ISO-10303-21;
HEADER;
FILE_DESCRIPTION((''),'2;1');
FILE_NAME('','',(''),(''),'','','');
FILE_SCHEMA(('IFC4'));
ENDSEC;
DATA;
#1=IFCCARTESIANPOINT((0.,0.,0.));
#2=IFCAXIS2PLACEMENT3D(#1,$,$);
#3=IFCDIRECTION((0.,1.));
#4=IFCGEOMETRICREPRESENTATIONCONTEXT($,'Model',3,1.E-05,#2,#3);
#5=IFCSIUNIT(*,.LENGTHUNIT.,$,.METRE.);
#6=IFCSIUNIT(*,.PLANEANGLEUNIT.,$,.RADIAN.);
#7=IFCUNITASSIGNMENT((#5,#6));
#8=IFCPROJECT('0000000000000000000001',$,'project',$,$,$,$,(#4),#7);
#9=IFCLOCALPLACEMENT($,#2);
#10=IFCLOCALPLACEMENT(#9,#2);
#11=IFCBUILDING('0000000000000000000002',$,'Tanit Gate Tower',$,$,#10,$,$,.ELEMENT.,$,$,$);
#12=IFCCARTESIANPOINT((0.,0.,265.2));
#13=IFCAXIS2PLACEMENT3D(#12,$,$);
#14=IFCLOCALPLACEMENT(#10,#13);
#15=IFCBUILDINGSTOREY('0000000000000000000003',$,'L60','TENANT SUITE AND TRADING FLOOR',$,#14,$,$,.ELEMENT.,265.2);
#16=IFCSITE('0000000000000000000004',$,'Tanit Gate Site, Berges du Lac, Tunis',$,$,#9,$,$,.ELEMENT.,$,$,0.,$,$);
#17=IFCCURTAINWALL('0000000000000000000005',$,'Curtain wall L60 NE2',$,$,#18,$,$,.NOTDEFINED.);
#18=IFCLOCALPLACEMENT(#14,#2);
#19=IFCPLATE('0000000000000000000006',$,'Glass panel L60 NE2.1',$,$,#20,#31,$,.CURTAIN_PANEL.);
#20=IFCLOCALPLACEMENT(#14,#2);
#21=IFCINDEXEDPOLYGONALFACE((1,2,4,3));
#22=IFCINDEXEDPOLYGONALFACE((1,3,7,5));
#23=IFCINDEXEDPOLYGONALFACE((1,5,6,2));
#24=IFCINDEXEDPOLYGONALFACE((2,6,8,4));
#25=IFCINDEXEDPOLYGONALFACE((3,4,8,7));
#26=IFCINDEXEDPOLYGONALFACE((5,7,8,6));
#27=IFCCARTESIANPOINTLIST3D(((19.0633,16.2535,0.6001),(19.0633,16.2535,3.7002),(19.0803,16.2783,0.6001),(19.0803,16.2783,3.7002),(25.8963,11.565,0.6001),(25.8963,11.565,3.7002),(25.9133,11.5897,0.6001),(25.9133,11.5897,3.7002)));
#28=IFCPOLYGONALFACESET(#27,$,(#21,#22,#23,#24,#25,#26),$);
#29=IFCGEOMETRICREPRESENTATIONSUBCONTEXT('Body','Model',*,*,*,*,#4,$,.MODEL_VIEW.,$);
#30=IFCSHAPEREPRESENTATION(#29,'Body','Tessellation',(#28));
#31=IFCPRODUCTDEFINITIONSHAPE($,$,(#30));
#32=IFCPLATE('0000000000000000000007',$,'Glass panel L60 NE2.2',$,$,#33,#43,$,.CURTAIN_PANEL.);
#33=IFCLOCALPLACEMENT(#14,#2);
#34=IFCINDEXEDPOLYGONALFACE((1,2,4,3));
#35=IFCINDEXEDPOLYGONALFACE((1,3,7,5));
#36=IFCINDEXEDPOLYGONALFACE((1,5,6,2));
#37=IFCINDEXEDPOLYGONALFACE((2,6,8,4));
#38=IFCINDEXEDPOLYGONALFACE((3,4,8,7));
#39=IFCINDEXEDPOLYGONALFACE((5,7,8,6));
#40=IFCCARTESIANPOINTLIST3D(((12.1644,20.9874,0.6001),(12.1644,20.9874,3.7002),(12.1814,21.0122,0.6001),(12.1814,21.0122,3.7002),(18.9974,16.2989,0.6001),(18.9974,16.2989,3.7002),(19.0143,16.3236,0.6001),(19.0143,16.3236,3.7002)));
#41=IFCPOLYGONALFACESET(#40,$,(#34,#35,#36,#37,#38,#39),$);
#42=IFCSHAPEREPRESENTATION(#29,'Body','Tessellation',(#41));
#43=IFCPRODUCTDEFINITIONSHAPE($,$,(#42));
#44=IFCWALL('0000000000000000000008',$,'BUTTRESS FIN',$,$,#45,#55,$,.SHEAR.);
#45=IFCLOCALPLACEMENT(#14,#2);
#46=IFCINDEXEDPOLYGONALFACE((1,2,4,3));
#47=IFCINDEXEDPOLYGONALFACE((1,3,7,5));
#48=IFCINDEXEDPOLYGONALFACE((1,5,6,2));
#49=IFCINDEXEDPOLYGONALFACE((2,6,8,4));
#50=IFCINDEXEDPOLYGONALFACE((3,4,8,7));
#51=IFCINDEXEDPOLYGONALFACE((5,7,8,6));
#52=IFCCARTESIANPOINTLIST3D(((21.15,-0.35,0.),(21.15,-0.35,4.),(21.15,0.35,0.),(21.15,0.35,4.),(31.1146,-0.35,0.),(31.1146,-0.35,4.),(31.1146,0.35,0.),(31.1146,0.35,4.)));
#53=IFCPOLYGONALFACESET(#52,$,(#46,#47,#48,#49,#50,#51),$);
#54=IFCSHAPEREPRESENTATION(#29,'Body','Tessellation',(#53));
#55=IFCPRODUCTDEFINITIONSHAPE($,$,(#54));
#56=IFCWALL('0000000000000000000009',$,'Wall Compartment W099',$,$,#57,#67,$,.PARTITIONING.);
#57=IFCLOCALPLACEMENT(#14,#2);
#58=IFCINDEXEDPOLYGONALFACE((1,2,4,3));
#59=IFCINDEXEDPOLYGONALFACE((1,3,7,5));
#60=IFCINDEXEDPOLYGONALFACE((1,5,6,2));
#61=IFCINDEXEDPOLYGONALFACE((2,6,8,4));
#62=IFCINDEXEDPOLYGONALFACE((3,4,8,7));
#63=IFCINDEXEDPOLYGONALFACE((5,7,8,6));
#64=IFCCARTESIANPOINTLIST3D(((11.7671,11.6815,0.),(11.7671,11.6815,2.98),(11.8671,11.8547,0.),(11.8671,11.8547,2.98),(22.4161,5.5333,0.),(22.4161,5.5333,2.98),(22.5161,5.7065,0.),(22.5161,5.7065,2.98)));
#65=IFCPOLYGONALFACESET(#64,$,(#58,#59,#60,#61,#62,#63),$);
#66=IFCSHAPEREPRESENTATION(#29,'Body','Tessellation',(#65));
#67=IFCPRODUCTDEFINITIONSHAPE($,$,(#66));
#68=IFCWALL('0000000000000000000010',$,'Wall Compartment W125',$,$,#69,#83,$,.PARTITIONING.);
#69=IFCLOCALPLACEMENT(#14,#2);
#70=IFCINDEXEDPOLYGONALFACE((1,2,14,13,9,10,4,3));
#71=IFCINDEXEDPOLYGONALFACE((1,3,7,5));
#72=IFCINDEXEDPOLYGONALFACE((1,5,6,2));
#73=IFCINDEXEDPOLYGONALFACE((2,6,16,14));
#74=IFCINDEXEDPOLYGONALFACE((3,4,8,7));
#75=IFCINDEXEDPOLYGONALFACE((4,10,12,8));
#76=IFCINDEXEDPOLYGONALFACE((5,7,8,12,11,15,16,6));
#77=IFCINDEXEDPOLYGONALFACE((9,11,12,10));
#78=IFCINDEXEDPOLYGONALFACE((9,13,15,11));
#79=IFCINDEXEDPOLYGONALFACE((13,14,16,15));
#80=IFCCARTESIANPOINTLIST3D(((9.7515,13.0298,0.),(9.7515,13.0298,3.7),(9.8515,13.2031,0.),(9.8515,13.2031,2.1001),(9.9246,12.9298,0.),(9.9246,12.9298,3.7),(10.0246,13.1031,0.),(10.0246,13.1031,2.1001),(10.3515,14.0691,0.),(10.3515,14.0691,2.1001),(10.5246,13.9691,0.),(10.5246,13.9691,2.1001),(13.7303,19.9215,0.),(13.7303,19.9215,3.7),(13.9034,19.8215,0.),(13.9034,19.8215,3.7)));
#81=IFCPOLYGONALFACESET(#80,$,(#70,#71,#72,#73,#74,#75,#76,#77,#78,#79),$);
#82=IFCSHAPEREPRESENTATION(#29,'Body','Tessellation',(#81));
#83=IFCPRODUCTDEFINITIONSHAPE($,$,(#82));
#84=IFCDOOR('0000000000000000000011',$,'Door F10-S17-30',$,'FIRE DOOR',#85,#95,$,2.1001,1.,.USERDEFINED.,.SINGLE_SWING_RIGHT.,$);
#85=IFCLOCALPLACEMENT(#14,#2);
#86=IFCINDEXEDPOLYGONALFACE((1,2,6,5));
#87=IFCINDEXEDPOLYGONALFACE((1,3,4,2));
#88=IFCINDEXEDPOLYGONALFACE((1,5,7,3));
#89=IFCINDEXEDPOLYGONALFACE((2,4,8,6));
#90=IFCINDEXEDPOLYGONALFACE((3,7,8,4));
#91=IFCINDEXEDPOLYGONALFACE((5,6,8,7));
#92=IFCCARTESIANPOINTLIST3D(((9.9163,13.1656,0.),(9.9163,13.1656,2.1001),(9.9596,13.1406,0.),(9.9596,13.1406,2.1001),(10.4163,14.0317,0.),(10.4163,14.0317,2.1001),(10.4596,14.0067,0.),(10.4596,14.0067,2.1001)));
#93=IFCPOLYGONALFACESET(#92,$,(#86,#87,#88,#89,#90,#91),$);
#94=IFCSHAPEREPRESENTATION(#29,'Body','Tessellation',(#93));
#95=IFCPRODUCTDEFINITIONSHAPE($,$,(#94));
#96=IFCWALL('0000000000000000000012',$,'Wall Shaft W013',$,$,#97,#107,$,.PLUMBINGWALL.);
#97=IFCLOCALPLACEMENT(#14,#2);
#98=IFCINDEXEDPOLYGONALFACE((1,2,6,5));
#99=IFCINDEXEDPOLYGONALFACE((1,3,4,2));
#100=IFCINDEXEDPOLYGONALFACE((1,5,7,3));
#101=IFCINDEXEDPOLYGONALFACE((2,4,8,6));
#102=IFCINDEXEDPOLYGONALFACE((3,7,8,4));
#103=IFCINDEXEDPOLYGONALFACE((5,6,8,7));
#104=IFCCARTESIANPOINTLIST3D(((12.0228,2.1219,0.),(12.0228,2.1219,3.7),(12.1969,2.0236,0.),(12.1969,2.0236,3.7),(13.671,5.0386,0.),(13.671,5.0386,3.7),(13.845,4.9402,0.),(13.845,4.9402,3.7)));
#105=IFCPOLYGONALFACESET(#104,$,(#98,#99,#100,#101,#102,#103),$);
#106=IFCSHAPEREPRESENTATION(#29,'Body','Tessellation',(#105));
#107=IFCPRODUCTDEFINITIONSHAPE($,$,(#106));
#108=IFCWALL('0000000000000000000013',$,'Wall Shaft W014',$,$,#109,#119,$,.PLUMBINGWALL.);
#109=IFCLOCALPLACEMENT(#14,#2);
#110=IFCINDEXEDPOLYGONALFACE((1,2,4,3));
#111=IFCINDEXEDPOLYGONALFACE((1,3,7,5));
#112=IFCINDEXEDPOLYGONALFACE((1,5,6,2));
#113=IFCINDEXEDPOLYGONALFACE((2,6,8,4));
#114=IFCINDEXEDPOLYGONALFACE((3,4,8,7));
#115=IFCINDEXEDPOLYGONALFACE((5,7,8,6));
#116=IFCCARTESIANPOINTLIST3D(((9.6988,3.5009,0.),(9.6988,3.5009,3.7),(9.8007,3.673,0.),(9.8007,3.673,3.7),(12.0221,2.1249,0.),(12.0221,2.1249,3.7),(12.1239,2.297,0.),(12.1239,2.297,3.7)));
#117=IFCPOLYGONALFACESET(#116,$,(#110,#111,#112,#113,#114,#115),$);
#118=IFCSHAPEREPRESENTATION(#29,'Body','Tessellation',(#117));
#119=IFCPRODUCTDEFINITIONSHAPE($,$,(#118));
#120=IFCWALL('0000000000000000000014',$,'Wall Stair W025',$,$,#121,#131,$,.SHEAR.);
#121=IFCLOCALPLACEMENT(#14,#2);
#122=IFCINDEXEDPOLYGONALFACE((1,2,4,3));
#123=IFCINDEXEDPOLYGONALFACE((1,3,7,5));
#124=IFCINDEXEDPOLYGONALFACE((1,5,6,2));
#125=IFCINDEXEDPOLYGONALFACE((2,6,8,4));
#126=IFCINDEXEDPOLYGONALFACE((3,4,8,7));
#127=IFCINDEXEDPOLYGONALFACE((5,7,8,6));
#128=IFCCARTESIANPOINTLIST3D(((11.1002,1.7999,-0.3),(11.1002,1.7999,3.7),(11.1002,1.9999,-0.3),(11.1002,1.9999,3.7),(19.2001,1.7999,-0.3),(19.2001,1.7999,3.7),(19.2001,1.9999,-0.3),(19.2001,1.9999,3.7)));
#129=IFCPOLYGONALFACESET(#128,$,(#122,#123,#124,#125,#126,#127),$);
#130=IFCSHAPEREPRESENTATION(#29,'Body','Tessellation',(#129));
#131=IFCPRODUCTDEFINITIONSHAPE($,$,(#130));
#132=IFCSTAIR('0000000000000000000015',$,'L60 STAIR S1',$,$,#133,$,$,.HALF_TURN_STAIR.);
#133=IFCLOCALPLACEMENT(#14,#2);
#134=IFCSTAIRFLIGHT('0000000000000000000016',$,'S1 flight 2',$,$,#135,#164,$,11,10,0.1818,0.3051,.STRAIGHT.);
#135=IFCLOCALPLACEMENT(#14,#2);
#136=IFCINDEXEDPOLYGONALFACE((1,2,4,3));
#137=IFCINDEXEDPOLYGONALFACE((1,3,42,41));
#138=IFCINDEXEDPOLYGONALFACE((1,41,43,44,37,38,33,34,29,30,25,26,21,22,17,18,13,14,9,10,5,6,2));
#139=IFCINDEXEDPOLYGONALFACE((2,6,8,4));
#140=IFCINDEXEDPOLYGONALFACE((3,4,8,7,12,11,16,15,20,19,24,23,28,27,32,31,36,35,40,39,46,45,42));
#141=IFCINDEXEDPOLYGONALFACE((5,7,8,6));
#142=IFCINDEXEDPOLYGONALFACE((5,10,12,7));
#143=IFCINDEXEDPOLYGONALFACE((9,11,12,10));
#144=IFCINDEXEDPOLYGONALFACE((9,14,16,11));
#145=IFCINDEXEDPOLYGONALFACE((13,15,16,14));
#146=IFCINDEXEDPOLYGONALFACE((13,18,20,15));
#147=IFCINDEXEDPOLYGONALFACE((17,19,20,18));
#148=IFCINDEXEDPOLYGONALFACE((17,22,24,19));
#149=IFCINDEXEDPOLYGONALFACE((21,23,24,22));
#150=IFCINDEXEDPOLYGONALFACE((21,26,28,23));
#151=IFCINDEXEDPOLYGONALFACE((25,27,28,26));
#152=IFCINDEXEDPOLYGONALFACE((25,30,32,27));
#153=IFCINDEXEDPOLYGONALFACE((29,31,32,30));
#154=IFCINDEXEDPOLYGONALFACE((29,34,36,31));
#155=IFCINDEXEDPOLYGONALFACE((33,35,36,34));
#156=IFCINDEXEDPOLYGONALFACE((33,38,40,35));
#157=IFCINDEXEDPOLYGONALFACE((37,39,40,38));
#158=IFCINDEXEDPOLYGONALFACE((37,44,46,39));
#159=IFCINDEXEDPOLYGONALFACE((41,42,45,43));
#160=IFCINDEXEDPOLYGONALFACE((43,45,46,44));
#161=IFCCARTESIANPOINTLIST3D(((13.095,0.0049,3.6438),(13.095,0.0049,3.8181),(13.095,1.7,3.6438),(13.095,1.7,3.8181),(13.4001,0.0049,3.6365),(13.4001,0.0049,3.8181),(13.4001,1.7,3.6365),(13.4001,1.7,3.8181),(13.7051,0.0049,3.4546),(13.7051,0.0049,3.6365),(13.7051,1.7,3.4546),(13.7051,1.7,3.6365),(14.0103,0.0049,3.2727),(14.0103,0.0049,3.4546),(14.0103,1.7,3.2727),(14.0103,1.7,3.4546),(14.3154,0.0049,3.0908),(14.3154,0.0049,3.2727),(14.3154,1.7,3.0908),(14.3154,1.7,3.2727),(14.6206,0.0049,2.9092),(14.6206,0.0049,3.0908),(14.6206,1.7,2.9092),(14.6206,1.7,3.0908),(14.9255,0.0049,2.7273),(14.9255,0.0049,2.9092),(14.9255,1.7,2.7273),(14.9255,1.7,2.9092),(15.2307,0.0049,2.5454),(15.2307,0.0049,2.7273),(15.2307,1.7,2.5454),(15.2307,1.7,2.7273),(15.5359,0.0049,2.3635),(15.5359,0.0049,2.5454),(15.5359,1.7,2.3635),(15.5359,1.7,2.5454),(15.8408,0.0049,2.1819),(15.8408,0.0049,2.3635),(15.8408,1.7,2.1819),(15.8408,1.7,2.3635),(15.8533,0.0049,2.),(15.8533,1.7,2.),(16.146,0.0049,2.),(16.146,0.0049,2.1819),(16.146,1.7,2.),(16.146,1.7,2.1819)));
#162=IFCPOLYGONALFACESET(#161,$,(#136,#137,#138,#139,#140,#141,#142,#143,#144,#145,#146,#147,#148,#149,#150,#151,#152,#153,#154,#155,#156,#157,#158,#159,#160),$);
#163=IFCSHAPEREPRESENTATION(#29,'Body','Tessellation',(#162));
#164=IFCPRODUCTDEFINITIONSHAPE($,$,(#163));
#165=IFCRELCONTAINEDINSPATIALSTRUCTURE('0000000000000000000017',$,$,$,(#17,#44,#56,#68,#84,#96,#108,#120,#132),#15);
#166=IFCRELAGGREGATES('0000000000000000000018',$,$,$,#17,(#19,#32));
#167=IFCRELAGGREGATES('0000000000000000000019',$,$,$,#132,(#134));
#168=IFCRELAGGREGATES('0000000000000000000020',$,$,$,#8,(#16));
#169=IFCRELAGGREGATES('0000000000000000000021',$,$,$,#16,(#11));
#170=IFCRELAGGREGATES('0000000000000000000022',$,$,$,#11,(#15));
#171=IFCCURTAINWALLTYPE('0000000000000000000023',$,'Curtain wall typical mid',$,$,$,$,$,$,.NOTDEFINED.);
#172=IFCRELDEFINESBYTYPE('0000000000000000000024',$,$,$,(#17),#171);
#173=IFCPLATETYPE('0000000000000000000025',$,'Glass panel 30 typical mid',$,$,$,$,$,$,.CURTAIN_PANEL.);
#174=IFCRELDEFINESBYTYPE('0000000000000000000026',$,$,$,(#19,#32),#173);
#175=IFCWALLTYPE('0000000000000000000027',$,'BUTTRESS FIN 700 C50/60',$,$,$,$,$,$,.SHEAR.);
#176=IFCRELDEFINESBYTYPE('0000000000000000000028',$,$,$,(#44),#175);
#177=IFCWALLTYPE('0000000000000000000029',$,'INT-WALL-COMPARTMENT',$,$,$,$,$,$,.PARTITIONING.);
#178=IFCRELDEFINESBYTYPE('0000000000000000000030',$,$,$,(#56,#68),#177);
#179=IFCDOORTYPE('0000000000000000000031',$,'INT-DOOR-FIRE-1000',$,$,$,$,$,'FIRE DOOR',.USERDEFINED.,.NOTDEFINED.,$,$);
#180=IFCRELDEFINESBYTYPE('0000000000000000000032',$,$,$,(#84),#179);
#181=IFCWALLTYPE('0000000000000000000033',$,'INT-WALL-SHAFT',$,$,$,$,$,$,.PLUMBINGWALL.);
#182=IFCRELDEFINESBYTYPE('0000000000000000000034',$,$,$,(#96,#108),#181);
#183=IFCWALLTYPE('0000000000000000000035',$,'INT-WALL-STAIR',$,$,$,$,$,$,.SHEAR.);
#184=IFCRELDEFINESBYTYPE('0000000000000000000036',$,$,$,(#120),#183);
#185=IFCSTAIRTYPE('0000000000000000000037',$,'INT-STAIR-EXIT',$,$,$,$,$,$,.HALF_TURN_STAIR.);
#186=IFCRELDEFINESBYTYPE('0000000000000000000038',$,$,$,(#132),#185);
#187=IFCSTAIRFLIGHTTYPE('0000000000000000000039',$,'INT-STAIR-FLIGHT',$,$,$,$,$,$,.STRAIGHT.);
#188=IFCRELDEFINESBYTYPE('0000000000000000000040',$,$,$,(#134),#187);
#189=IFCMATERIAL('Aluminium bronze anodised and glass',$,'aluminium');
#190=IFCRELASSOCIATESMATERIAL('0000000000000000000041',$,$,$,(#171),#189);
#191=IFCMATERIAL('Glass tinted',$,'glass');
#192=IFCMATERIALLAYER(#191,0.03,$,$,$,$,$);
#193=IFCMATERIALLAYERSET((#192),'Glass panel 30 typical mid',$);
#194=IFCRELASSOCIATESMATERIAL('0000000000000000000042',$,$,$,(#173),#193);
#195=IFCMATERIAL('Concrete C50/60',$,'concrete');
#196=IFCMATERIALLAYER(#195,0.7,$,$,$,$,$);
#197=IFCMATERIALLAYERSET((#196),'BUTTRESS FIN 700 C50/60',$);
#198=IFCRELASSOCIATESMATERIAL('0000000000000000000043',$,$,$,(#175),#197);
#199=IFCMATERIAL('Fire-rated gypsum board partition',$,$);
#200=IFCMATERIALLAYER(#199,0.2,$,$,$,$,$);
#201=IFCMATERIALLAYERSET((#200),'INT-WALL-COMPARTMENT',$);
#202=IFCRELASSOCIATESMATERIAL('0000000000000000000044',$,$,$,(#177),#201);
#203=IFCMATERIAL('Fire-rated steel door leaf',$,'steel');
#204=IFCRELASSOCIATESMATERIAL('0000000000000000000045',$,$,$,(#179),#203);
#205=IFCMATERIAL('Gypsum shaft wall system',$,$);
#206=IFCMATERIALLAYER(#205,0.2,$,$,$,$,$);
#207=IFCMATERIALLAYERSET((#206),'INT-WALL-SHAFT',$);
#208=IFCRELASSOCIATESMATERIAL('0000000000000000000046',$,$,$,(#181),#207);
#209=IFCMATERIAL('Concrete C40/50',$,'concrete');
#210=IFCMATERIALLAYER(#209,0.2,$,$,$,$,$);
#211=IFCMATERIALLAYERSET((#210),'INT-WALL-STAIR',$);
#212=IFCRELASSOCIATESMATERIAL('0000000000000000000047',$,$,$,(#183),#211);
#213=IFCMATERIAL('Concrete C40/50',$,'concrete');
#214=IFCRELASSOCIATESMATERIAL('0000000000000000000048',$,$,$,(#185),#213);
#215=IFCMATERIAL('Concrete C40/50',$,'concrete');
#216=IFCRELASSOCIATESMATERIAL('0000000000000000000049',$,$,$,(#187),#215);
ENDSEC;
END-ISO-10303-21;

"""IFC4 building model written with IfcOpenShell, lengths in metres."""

from ifc_helpers import new_model, si_unit, direction, frame, frame_2d, origin, origin_2d, place, context, subcontext, project, spatial, polyline, rectangle, outline, extrude, material, layer, layer_set, type_object, element, fill, aggregate, save


model = new_model("IFC4")

# Units and contexts
model_context = context("Model", 3, precision=1e-05, world=origin(), true_north=direction((0.0, 1.0)))
body_context = subcontext(model_context, "Body", "Model", "MODEL_VIEW")
ifc_project = project(units=[si_unit("LENGTHUNIT", "METRE"), si_unit("PLANEANGLEUNIT", "RADIAN")], contexts=[model_context])

# Site, building, storey
site_placement = place(None, origin())
site = spatial("IfcSite", under=ifc_project, at=site_placement, Name="Tanit Gate Site, Berges du Lac, Tunis", CompositionType="ELEMENT", RefElevation=0.0)
building_placement = place(site_placement, origin())
building = spatial("IfcBuilding", under=site, at=building_placement, Name="Tanit Gate Tower", CompositionType="ELEMENT")
storey_placement = place(building_placement, frame((0.0, 0.0, 265.2)))
storey = spatial("IfcBuildingStorey", under=building, at=storey_placement, Name="L60", Description="TENANT SUITE AND TRADING FLOOR", CompositionType="ELEMENT", Elevation=265.2)

# Curtain wall
ifc_material_1 = material(Name="Aluminium bronze anodised and glass", Category="aluminium")
curtain_wall_type = type_object("IfcCurtainWallType", Name="Curtain wall typical mid", PredefinedType="NOTDEFINED", material=ifc_material_1)
curtain_wall_placement = place(storey_placement, origin())
curtain_wall = element("IfcCurtainWall", 1, at=curtain_wall_placement, inside=storey, type_object=curtain_wall_type, Name="Curtain wall L60 NE2", PredefinedType="NOTDEFINED")

# Plates
ifc_material_2 = material(Name="Glass tinted", Category="glass")
ifc_layer_1 = layer(ifc_material_2, 0.03)
ifc_layer_set_1 = layer_set([ifc_layer_1], Name="Glass panel 30 typical mid")
plate_type = type_object("IfcPlateType", Name="Glass panel 30 typical mid", PredefinedType="CURTAIN_PANEL", material=ifc_layer_set_1)
plate_1_placement = place(storey_placement, frame((22.4883, 13.9216, 0.6001), z_axis=(0.0, 0.0, 1.0), x_axis=(-0.824557, 0.56578, 0.0)))
plate_1 = element("IfcPlate", 2, at=plate_1_placement, type_object=plate_type, Name="Glass panel L60 NE2.1", PredefinedType="CURTAIN_PANEL", context=body_context, shape_type="SweptSolid", body=[
    extrude(rectangle(XDim=8.2869, YDim=0.03, at=origin_2d()), origin(), (0.0, 0.0, 1.0), 3.1001),
])
plate_2_placement = place(storey_placement, frame((15.5894, 18.6555, 0.6001), z_axis=(0.0, 0.0, 1.0), x_axis=(-0.824557, 0.56578, 0.0)))
plate_2 = element("IfcPlate", 3, at=plate_2_placement, type_object=plate_type, Name="Glass panel L60 NE2.2", PredefinedType="CURTAIN_PANEL", context=body_context, shape_type="SweptSolid", body=[
    extrude(rectangle(XDim=8.2869, YDim=0.03, at=origin_2d()), origin(), (0.0, 0.0, 1.0), 3.1001),
])
aggregate(curtain_wall, [plate_1, plate_2])

# Wall
ifc_material_3 = material(Name="Concrete C50/60", Category="concrete")
ifc_layer_2 = layer(ifc_material_3, 0.7)
ifc_layer_set_2 = layer_set([ifc_layer_2], Name="BUTTRESS FIN 700 C50/60")
wall_type_1 = type_object("IfcWallType", Name="BUTTRESS FIN 700 C50/60", PredefinedType="SHEAR", material=ifc_layer_set_2)
wall_1_placement = place(storey_placement, frame((21.1499, 0.0, 0.0), z_axis=(0.0, 0.0, 1.0), x_axis=(1.0, 0.0, 0.0)))
element("IfcWall", 4, at=wall_1_placement, inside=storey, type_object=wall_type_1, Name="BUTTRESS FIN", PredefinedType="SHEAR", context=body_context, shape_type="SweptSolid", body=[
    extrude(rectangle(XDim=9.9646, YDim=0.7, at=frame_2d((4.9824, 0.0))), origin(), (0.0, 0.0, 1.0), 4.0),
])

# Wall
ifc_material_4 = material(Name="Fire-rated gypsum board partition")
ifc_layer_3 = layer(ifc_material_4, 0.2)
ifc_layer_set_3 = layer_set([ifc_layer_3], Name="INT-WALL-COMPARTMENT")
wall_type_2 = type_object("IfcWallType", Name="INT-WALL-COMPARTMENT", PredefinedType="PARTITIONING", material=ifc_layer_set_3)
wall_2_placement = place(storey_placement, frame((22.4661, 5.6199, 0.0), z_axis=(0.0, 0.0, 1.0), x_axis=(-0.866024, 0.500002, 0.0)))
element("IfcWall", 5, at=wall_2_placement, inside=storey, type_object=wall_type_2, Name="Wall Compartment W099", PredefinedType="PARTITIONING", context=body_context, shape_type="SweptSolid", body=[
    extrude(rectangle(XDim=12.2964, YDim=0.2, at=frame_2d((6.1482, 0.0))), origin(), (0.0, 0.0, 1.0), 2.98),
])

# Wall, opening, door
wall_3_placement = place(storey_placement, frame((13.8169, 19.8716, 0.0), z_axis=(0.0, 0.0, 1.0), x_axis=(-0.49999, -0.866031, 0.0)))
wall_3 = element("IfcWall", 6, at=wall_3_placement, inside=storey, type_object=wall_type_2, Name="Wall Compartment W125", PredefinedType="PARTITIONING", context=body_context, shape_type="SweptSolid", body=[
    extrude(rectangle(XDim=7.9578, YDim=0.2, at=frame_2d((3.979, 0.0))), origin(), (0.0, 0.0, 1.0), 3.7),
])
opening_1_placement = place(wall_3_placement, frame((6.7578, 0.0, 0.0)))
opening_1 = element("IfcOpeningElement", 7, at=opening_1_placement, cuts=wall_3, PredefinedType="OPENING", context=body_context, shape_type="SweptSolid", body=[
    extrude(rectangle(XDim=1.0, YDim=2.1001, at=frame_2d((0.5, 1.05))), frame((0.0, 0.1099, 0.0), z_axis=(0.0, -1.0, 0.0), x_axis=(1.0, 0.0, 0.0)), (0.0, 0.0, 1.0), 0.22),
])
ifc_material_5 = material(Name="Fire-rated steel door leaf", Category="steel")
door_type_1 = type_object("IfcDoorType", Name="INT-DOOR-FIRE-1000", ElementType="FIRE DOOR", OperationType="NOTDEFINED", PredefinedType="USERDEFINED", material=ifc_material_5)
door_1_placement = place(opening_1_placement, origin())
door_1 = element("IfcDoor", 8, at=door_1_placement, inside=storey, type_object=door_type_1, Name="Door F10-S17-30", ObjectType="FIRE DOOR", OperationType="SINGLE_SWING_RIGHT", OverallHeight=2.1001, OverallWidth=1.0, PredefinedType="USERDEFINED", context=body_context, shape_type="SweptSolid", body=[
    extrude(rectangle(XDim=1.0, YDim=2.1001, at=frame_2d((0.5, 1.05))), frame((0.0, 0.0249, 0.0), z_axis=(0.0, -1.0, 0.0), x_axis=(1.0, 0.0, 0.0)), (0.0, 0.0, 1.0), 0.05),
])
fill(opening_1, door_1)

# Walls
ifc_material_6 = material(Name="Gypsum shaft wall system")
ifc_layer_4 = layer(ifc_material_6, 0.2)
ifc_layer_set_4 = layer_set([ifc_layer_4], Name="INT-WALL-SHAFT")
wall_type_3 = type_object("IfcWallType", Name="INT-WALL-SHAFT", PredefinedType="PLUMBINGWALL", material=ifc_layer_set_4)
wall_4_placement = place(storey_placement, frame((12.1099, 2.0728, 0.0), z_axis=(0.0, 0.0, 1.0), x_axis=(0.491966, 0.870614, 0.0)))
element("IfcWall", 9, at=wall_4_placement, inside=storey, type_object=wall_type_3, Name="Wall Shaft W013", PredefinedType="PLUMBINGWALL", context=body_context, shape_type="SweptSolid", body=[
    extrude(rectangle(XDim=3.3501, YDim=0.2, at=frame_2d((1.675, 0.0))), origin(), (0.0, 0.0, 1.0), 3.7),
])
wall_5_placement = place(storey_placement, frame((12.073, 2.2109, 0.0), z_axis=(0.0, 0.0, 1.0), x_axis=(-0.860415, 0.509594, 0.0)))
element("IfcWall", 10, at=wall_5_placement, inside=storey, type_object=wall_type_3, Name="Wall Shaft W014", PredefinedType="PLUMBINGWALL", context=body_context, shape_type="SweptSolid", body=[
    extrude(rectangle(XDim=2.7002, YDim=0.2, at=frame_2d((1.3501, 0.0))), origin(), (0.0, 0.0, 1.0), 3.7),
])
ifc_material_7 = material(Name="Concrete C40/50", Category="concrete")
ifc_layer_5 = layer(ifc_material_7, 0.2)
ifc_layer_set_5 = layer_set([ifc_layer_5], Name="INT-WALL-STAIR")
wall_type_4 = type_object("IfcWallType", Name="INT-WALL-STAIR", PredefinedType="SHEAR", material=ifc_layer_set_5)
wall_6_placement = place(storey_placement, frame((19.2, 1.8999, -0.3), z_axis=(0.0, 0.0, 1.0), x_axis=(-1.0, 0.0, 0.0)))
element("IfcWall", 11, at=wall_6_placement, inside=storey, type_object=wall_type_4, Name="Wall Stair W025", PredefinedType="SHEAR", context=body_context, shape_type="SweptSolid", body=[
    extrude(rectangle(XDim=8.0999, YDim=0.2, at=frame_2d((4.0498, 0.0))), origin(), (0.0, 0.0, 1.0), 4.0),
])

# Stair, stair flight
ifc_material_8 = material(Name="Concrete C40/50", Category="concrete")
stair_type = type_object("IfcStairType", Name="INT-STAIR-EXIT", PredefinedType="HALF_TURN_STAIR", material=ifc_material_8)
stair_placement = place(storey_placement, origin())
stair = element("IfcStair", 12, at=stair_placement, inside=storey, type_object=stair_type, Name="L60 STAIR S1", PredefinedType="HALF_TURN_STAIR")
ifc_material_9 = material(Name="Concrete C40/50", Category="concrete")
stair_flight_type = type_object("IfcStairFlightType", Name="INT-STAIR-FLIGHT", PredefinedType="STRAIGHT", material=ifc_material_9)
stair_flight_placement = place(storey_placement, frame((16.146, 0.8525, 2.0), z_axis=(0.0, 0.0, 1.0), x_axis=(-1.0, 0.0, 0.0)))
stair_flight = element("IfcStairFlight", 13, at=stair_flight_placement, type_object=stair_flight_type, Name="S1 flight 2", NumberOfRisers=11, NumberOfTreads=10, PredefinedType="STRAIGHT", RiserHeight=0.1818, TreadLength=0.3051, context=body_context, shape_type="SweptSolid", body=[
    extrude(outline(polyline([(0.0, 0.0), (0.0, 0.1819), (0.3052, 0.1819), (0.3052, 0.3635), (0.6101, 0.3635), (0.6101, 0.5454), (0.9153, 0.5454), (0.9153, 0.7273), (1.2205, 0.7273), (1.2205, 0.9092), (1.5254, 0.9092), (1.5254, 1.0908), (1.8306, 1.0908), (1.8306, 1.2727), (2.1357, 1.2727), (2.1357, 1.4546), (2.4409, 1.4546), (2.4409, 1.6365), (2.7458, 1.6365), (2.7458, 1.8181), (3.051, 1.8181), (3.051, 2.0), (3.051, 1.6438), (0.2927, 0.0), (0.0, 0.0)])), frame((0.0, 0.8477, 0.0), z_axis=(0.0, -1.0, 0.0), x_axis=(1.0, 0.0, 0.0)), (0.0, 0.0, 1.0), 1.6951),
])
aggregate(stair, [stair_flight])

save(model, "model.ifc")
